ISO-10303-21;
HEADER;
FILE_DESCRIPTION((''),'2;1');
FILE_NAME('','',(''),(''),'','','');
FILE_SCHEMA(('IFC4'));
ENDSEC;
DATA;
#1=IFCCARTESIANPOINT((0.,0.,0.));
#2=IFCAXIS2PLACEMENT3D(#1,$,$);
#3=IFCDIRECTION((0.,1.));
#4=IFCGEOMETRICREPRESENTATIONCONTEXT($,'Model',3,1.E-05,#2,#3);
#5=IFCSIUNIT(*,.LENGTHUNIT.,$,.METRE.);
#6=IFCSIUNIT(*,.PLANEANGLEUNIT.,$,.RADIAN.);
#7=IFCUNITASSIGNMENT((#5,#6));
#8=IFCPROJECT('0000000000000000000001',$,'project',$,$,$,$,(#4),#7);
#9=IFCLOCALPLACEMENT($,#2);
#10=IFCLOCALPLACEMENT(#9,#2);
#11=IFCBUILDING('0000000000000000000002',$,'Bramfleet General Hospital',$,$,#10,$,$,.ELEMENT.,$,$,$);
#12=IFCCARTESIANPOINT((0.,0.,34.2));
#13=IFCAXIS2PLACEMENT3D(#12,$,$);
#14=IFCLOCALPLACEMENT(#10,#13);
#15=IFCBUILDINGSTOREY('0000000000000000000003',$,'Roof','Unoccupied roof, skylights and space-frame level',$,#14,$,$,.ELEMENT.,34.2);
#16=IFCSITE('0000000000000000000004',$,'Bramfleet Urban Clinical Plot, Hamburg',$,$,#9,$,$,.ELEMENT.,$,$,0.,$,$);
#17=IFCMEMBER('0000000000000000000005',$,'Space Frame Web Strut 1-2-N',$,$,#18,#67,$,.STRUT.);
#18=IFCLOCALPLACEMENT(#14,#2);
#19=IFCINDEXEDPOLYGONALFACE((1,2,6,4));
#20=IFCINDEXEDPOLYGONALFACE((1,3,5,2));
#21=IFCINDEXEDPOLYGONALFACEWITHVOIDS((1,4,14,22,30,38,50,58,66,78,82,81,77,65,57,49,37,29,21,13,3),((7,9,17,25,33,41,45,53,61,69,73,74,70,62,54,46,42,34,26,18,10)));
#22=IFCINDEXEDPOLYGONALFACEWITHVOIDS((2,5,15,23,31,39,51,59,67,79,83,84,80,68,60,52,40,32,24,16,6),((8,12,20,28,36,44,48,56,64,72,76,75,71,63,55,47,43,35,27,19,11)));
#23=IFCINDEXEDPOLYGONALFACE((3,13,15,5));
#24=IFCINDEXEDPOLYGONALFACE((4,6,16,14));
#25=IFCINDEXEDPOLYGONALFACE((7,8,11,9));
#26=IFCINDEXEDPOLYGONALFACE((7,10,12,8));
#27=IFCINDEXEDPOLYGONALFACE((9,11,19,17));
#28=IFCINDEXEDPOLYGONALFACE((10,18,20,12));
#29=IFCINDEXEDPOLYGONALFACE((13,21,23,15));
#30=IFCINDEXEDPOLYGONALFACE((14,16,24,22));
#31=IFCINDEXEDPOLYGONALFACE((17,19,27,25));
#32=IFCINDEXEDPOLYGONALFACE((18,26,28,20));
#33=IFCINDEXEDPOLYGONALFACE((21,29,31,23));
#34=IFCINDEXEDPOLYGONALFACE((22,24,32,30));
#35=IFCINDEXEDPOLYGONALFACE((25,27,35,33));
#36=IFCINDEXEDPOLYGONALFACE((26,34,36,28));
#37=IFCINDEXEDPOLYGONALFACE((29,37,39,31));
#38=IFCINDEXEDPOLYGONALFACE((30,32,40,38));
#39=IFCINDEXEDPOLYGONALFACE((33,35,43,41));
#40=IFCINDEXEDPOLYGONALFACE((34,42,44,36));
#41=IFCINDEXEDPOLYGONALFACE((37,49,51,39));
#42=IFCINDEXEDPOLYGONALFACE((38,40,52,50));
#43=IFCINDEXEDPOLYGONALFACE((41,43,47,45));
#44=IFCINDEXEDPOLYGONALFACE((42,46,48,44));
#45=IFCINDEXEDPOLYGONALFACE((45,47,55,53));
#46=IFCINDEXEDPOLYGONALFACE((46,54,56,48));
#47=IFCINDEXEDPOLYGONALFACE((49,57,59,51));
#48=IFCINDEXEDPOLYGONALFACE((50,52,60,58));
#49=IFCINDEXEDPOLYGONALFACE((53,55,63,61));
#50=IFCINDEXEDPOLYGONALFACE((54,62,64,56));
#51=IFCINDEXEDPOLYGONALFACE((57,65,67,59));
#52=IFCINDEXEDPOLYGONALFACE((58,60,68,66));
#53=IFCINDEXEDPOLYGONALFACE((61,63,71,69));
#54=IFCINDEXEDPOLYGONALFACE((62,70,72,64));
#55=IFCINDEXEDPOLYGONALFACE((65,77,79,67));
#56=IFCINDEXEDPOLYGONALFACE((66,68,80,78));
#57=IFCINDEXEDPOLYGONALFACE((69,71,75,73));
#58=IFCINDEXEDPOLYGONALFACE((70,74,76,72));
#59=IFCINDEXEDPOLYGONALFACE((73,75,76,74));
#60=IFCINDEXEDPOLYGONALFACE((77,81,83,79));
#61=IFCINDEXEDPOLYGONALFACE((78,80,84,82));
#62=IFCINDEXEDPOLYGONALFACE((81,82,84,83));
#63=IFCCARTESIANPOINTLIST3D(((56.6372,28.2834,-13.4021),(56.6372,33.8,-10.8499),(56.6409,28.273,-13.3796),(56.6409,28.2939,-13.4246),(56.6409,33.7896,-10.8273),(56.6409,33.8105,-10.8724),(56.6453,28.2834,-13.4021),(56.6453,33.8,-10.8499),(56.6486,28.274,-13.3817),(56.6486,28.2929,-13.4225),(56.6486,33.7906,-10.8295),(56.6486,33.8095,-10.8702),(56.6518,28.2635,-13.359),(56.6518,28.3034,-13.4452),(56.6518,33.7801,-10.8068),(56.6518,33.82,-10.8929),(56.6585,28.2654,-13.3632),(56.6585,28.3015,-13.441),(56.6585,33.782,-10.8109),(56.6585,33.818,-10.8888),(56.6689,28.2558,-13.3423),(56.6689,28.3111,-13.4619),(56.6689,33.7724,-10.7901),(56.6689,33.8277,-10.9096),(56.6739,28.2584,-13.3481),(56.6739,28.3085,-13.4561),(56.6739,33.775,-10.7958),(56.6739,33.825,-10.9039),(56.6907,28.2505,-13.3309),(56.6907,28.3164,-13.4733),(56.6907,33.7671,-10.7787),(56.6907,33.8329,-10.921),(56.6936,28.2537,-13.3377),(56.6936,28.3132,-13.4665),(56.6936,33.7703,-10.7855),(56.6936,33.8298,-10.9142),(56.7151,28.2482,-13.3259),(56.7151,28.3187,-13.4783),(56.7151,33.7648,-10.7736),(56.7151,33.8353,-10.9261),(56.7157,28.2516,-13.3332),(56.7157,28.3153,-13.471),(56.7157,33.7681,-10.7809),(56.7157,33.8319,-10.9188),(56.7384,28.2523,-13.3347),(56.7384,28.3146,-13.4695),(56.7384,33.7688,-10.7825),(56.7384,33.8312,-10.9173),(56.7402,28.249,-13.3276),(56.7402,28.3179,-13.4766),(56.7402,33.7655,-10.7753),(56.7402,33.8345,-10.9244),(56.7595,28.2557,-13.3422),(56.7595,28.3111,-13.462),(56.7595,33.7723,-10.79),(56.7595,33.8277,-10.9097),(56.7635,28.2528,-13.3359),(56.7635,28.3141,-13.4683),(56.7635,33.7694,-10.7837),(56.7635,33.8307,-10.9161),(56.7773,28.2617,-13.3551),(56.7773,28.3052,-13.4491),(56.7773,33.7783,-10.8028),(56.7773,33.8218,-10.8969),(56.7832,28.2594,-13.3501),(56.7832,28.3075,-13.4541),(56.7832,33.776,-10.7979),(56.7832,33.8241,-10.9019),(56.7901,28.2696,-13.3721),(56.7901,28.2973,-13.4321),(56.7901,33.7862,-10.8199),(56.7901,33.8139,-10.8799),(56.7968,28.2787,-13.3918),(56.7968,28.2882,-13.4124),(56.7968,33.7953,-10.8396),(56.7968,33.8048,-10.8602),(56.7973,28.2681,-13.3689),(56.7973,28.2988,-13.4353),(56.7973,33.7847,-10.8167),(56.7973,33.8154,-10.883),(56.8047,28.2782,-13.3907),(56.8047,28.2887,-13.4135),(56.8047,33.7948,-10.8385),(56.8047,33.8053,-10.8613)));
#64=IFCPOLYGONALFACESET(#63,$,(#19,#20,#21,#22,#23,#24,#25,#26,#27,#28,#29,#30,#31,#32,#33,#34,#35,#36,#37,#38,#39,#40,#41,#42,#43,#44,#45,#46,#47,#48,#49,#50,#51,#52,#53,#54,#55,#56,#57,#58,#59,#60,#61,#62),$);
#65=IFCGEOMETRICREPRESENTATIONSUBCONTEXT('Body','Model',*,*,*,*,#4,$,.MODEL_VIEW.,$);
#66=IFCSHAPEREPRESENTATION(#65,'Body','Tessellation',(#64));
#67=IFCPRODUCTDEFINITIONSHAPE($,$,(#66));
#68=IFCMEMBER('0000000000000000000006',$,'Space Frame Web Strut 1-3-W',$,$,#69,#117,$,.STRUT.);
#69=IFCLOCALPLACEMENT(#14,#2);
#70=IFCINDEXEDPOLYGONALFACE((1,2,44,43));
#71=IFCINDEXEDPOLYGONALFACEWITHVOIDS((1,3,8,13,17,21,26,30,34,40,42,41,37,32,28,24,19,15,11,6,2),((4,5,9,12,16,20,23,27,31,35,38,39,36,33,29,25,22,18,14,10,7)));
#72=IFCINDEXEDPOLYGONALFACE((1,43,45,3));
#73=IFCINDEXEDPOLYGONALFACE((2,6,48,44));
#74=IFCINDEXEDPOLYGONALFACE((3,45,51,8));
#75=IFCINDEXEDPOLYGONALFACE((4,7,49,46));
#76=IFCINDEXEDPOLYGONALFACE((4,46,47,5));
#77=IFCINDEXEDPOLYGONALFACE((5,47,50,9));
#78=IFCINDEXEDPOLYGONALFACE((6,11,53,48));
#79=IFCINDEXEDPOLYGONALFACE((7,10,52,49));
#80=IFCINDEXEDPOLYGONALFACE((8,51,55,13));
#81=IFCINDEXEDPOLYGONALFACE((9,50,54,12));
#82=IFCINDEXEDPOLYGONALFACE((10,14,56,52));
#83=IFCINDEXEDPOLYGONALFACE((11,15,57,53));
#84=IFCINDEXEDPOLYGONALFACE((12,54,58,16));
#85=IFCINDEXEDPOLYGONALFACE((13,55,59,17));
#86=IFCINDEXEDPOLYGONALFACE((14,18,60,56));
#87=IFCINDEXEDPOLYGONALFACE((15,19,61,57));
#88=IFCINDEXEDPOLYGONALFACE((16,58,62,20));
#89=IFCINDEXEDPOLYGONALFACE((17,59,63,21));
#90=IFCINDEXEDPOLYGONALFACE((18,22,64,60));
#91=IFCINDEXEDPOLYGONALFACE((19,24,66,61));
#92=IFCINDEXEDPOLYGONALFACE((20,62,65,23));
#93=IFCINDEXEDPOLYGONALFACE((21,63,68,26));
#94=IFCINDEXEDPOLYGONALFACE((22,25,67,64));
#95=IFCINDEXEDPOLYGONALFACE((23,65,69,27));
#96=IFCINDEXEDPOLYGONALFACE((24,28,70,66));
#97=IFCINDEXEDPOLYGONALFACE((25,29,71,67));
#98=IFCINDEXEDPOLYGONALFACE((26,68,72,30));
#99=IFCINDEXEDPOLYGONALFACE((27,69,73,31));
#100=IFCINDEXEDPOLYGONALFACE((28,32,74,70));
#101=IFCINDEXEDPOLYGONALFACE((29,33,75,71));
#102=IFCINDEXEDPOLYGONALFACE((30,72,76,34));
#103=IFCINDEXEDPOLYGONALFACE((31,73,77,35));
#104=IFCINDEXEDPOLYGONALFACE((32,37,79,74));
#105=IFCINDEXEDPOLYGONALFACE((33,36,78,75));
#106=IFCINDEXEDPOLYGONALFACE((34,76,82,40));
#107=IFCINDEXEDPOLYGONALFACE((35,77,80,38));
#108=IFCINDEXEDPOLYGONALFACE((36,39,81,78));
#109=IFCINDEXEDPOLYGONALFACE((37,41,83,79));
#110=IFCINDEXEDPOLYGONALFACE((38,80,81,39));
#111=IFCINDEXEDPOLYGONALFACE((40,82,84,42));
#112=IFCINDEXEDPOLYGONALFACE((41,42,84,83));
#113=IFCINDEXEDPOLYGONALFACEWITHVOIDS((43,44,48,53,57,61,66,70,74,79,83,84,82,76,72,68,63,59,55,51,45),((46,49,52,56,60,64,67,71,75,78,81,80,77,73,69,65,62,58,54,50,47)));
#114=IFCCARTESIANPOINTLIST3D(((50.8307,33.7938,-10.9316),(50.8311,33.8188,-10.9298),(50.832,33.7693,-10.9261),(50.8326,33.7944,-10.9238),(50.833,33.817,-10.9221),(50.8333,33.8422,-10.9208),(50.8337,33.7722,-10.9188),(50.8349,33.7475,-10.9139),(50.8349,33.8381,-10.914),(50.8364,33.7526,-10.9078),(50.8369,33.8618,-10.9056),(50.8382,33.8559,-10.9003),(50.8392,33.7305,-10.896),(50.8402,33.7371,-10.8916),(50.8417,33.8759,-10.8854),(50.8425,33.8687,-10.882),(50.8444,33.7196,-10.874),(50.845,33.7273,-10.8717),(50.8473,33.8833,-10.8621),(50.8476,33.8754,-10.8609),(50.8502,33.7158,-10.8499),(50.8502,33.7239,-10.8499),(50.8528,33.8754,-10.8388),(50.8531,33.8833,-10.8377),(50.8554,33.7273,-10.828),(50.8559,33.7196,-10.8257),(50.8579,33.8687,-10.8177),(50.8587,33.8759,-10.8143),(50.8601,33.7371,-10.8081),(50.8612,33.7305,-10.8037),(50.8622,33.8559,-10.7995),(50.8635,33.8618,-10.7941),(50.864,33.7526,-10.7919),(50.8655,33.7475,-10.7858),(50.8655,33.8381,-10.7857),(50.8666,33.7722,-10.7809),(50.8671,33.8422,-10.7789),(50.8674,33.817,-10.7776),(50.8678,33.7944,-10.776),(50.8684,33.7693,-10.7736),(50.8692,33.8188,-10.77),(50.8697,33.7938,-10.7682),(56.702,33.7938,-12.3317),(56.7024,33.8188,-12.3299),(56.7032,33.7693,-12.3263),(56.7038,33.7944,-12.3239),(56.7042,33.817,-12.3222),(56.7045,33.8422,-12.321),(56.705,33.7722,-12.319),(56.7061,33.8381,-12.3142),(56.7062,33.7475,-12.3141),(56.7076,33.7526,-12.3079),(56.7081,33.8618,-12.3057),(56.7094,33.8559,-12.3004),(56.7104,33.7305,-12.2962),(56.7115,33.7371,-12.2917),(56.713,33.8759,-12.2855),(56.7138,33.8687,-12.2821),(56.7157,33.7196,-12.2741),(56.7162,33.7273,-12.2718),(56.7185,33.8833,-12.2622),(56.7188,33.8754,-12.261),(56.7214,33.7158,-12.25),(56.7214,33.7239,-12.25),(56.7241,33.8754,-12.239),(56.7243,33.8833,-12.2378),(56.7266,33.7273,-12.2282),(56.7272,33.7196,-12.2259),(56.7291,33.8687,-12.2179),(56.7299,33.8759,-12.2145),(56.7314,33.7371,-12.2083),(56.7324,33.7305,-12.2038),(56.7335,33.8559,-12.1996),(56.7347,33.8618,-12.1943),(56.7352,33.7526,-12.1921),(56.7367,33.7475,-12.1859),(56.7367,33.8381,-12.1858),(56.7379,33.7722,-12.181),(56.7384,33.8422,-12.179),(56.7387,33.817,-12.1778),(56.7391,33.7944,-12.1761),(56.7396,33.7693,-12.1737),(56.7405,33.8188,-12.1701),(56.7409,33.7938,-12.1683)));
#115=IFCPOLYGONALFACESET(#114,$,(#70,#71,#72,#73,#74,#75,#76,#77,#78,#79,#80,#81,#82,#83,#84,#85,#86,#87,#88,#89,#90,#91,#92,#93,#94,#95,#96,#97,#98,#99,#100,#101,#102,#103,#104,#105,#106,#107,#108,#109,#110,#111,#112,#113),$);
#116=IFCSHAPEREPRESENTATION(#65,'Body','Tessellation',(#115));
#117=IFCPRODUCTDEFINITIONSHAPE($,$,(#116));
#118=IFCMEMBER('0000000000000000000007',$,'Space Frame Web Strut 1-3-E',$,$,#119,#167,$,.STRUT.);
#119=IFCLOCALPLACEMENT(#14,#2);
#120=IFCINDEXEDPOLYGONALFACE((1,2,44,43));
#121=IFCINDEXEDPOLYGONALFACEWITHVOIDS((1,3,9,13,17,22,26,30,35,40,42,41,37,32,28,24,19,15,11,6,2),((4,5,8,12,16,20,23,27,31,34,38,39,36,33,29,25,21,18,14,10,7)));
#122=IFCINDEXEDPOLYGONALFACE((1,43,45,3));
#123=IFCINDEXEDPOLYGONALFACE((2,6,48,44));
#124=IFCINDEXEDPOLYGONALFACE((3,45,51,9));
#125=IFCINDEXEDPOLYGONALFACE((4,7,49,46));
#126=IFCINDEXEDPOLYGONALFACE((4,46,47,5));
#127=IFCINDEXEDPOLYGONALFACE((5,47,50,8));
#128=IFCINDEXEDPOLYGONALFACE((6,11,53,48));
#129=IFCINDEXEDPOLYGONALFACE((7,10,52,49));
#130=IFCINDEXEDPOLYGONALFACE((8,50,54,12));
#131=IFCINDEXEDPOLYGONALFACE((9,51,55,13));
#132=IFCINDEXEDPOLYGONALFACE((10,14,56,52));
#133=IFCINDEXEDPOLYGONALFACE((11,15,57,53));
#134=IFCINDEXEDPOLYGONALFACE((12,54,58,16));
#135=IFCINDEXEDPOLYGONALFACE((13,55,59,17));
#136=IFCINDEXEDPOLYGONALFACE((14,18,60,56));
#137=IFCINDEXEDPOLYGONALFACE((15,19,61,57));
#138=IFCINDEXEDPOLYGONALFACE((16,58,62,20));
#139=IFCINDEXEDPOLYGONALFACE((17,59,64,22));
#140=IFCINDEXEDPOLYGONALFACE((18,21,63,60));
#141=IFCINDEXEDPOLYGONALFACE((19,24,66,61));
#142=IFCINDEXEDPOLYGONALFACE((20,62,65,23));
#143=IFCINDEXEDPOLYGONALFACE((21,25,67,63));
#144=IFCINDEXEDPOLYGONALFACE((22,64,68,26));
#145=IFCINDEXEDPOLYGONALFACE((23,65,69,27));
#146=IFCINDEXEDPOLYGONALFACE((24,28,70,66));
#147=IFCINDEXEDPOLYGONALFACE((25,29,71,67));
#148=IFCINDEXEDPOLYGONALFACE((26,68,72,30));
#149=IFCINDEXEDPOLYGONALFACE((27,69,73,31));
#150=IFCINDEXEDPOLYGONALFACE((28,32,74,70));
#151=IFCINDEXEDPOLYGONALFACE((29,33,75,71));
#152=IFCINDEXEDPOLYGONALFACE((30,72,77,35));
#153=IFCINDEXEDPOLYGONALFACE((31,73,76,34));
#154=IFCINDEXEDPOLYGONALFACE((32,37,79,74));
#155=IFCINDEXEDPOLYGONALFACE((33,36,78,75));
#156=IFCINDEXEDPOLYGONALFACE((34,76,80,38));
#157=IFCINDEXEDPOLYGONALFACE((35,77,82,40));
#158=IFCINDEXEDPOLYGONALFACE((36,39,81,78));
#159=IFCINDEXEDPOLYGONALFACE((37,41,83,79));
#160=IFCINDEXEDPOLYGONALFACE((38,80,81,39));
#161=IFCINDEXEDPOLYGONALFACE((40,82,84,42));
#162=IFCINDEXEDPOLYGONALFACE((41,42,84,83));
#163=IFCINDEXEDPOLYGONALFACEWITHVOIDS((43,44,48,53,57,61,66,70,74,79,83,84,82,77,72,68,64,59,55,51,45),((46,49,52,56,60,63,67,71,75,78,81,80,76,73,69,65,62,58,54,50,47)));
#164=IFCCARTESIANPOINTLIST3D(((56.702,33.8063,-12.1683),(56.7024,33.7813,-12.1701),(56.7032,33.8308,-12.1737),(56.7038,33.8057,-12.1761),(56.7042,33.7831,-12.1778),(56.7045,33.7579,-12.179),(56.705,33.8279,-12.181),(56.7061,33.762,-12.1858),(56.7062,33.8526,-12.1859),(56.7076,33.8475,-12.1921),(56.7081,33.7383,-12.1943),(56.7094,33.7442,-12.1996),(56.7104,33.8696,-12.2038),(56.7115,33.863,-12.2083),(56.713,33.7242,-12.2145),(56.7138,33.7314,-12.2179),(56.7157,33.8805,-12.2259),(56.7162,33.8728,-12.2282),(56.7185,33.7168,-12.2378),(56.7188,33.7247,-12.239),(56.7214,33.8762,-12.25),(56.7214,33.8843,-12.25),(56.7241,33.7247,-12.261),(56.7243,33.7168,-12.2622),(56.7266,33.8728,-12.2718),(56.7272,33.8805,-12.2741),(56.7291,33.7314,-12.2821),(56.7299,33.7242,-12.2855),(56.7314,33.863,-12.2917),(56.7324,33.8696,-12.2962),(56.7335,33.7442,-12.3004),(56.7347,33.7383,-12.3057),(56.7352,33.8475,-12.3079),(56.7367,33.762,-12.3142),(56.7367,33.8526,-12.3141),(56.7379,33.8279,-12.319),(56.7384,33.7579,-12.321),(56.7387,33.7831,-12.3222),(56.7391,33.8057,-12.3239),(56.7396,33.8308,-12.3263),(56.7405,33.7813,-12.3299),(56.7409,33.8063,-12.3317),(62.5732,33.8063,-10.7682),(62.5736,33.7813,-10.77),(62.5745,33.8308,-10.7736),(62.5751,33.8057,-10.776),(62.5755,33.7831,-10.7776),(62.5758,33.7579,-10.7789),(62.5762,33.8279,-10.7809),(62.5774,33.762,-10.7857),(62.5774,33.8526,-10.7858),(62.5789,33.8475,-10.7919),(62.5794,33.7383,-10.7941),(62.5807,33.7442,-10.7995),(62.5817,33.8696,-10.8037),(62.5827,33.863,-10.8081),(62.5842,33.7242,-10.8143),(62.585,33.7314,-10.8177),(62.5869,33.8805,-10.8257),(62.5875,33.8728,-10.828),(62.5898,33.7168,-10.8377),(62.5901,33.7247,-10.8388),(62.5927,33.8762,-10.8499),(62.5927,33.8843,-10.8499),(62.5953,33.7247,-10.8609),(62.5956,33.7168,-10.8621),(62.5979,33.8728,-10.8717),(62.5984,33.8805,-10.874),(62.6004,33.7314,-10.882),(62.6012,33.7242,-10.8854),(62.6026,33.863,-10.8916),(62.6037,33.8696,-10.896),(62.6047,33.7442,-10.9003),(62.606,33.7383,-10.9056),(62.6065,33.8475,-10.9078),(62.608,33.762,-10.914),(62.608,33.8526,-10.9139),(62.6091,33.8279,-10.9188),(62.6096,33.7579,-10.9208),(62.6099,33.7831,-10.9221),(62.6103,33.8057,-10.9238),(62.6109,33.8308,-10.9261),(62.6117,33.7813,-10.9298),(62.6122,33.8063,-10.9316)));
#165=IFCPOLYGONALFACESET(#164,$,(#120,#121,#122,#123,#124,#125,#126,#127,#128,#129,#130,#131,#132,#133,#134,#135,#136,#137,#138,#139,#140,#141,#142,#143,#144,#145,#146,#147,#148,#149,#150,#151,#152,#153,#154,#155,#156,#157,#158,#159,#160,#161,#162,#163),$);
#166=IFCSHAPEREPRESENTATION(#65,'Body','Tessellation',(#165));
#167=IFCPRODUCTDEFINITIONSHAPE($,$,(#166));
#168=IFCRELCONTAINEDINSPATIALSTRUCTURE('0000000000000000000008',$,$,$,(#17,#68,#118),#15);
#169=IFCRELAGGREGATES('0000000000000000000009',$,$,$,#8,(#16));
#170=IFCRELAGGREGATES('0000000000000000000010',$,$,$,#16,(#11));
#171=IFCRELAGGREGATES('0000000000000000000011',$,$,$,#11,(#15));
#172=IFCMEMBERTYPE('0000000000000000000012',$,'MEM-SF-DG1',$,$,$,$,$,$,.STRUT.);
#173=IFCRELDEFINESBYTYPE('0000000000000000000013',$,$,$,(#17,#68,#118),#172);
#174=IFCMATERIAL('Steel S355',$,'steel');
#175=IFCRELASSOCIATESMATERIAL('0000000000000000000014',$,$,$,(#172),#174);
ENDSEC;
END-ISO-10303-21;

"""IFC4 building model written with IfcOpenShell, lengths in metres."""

from ifc_helpers import new_model, si_unit, direction, frame, origin, origin_2d, place, context, subcontext, project, spatial, hollow_circle, extrude, material, material_profile, profile_set, type_object, element, save


model = new_model("IFC4")

# Units and contexts
model_context = context("Model", 3, precision=1e-05, world=origin(), true_north=direction((0.0, 1.0)))
body_context = subcontext(model_context, "Body", "Model", "MODEL_VIEW")
ifc_project = project(units=[si_unit("LENGTHUNIT", "METRE"), si_unit("PLANEANGLEUNIT", "RADIAN")], contexts=[model_context])

# Site, building, storey
site_placement = place(None, origin())
site = spatial("IfcSite", under=ifc_project, at=site_placement, Name="Bramfleet Urban Clinical Plot, Hamburg", CompositionType="ELEMENT", RefElevation=0.0)
building_placement = place(site_placement, origin())
building = spatial("IfcBuilding", under=site, at=building_placement, Name="Bramfleet General Hospital", CompositionType="ELEMENT")
storey_placement = place(building_placement, frame((0.0, 0.0, 34.2)))
storey = spatial("IfcBuildingStorey", under=building, at=storey_placement, Name="Roof", Description="Unoccupied roof, skylights and space-frame level", CompositionType="ELEMENT", Elevation=34.2)

# Members
ifc_material = material(Name="Steel S355", Category="steel")
ifc_material_profile_1 = material_profile(ifc_material, hollow_circle(Radius=0.0842, WallThickness=0.0081, at=origin_2d()), Name="CHS 168.3x8.0")
ifc_profile_set_1 = profile_set([ifc_material_profile_1], Name="Steel S355")
member_type_1 = type_object("IfcMemberType", Name="MEM-SF-DG1", PredefinedType="STRUT", material=ifc_profile_set_1)
member_1_placement = place(storey_placement, frame((56.7214, 28.2834, -13.4021), z_axis=(0.0, 0.907576, 0.419888), x_axis=(-1.0, 0.0, 0.0)))
element("IfcMember", 1, at=member_1_placement, inside=storey, type_object=member_type_1, Name="Space Frame Web Strut 1-2-N", PredefinedType="STRUT", context=body_context, shape_type="SweptSolid", body=[
    extrude(hollow_circle(Radius=0.0842, WallThickness=0.0081, at=origin_2d()), origin(), (0.0, 0.0, 1.0), 6.0784),
])
for number, where, z_axis, x_axis, name in (
    (2, (56.7214, 33.8, -12.25), (-0.972724, 0.0, 0.231967), (0.0, -1.0, 0.0), "Space Frame Web Strut 1-3-W"),
    (3, (56.7214, 33.8, -12.25), (0.972724, 0.0, 0.231967), (0.0, 1.0, 0.0), "Space Frame Web Strut 1-3-E"),
):
    element("IfcMember", number, at=place(storey_placement, frame(where, z_axis=z_axis, x_axis=x_axis)), inside=storey, type_object=member_type_1, Name=name, PredefinedType="STRUT", context=body_context, shape_type="SweptSolid", body=[
        extrude(hollow_circle(Radius=0.0842, WallThickness=0.0081, at=origin_2d()), origin(), (0.0, 0.0, 1.0), 6.0359),
    ])

save(model, "model.ifc")
